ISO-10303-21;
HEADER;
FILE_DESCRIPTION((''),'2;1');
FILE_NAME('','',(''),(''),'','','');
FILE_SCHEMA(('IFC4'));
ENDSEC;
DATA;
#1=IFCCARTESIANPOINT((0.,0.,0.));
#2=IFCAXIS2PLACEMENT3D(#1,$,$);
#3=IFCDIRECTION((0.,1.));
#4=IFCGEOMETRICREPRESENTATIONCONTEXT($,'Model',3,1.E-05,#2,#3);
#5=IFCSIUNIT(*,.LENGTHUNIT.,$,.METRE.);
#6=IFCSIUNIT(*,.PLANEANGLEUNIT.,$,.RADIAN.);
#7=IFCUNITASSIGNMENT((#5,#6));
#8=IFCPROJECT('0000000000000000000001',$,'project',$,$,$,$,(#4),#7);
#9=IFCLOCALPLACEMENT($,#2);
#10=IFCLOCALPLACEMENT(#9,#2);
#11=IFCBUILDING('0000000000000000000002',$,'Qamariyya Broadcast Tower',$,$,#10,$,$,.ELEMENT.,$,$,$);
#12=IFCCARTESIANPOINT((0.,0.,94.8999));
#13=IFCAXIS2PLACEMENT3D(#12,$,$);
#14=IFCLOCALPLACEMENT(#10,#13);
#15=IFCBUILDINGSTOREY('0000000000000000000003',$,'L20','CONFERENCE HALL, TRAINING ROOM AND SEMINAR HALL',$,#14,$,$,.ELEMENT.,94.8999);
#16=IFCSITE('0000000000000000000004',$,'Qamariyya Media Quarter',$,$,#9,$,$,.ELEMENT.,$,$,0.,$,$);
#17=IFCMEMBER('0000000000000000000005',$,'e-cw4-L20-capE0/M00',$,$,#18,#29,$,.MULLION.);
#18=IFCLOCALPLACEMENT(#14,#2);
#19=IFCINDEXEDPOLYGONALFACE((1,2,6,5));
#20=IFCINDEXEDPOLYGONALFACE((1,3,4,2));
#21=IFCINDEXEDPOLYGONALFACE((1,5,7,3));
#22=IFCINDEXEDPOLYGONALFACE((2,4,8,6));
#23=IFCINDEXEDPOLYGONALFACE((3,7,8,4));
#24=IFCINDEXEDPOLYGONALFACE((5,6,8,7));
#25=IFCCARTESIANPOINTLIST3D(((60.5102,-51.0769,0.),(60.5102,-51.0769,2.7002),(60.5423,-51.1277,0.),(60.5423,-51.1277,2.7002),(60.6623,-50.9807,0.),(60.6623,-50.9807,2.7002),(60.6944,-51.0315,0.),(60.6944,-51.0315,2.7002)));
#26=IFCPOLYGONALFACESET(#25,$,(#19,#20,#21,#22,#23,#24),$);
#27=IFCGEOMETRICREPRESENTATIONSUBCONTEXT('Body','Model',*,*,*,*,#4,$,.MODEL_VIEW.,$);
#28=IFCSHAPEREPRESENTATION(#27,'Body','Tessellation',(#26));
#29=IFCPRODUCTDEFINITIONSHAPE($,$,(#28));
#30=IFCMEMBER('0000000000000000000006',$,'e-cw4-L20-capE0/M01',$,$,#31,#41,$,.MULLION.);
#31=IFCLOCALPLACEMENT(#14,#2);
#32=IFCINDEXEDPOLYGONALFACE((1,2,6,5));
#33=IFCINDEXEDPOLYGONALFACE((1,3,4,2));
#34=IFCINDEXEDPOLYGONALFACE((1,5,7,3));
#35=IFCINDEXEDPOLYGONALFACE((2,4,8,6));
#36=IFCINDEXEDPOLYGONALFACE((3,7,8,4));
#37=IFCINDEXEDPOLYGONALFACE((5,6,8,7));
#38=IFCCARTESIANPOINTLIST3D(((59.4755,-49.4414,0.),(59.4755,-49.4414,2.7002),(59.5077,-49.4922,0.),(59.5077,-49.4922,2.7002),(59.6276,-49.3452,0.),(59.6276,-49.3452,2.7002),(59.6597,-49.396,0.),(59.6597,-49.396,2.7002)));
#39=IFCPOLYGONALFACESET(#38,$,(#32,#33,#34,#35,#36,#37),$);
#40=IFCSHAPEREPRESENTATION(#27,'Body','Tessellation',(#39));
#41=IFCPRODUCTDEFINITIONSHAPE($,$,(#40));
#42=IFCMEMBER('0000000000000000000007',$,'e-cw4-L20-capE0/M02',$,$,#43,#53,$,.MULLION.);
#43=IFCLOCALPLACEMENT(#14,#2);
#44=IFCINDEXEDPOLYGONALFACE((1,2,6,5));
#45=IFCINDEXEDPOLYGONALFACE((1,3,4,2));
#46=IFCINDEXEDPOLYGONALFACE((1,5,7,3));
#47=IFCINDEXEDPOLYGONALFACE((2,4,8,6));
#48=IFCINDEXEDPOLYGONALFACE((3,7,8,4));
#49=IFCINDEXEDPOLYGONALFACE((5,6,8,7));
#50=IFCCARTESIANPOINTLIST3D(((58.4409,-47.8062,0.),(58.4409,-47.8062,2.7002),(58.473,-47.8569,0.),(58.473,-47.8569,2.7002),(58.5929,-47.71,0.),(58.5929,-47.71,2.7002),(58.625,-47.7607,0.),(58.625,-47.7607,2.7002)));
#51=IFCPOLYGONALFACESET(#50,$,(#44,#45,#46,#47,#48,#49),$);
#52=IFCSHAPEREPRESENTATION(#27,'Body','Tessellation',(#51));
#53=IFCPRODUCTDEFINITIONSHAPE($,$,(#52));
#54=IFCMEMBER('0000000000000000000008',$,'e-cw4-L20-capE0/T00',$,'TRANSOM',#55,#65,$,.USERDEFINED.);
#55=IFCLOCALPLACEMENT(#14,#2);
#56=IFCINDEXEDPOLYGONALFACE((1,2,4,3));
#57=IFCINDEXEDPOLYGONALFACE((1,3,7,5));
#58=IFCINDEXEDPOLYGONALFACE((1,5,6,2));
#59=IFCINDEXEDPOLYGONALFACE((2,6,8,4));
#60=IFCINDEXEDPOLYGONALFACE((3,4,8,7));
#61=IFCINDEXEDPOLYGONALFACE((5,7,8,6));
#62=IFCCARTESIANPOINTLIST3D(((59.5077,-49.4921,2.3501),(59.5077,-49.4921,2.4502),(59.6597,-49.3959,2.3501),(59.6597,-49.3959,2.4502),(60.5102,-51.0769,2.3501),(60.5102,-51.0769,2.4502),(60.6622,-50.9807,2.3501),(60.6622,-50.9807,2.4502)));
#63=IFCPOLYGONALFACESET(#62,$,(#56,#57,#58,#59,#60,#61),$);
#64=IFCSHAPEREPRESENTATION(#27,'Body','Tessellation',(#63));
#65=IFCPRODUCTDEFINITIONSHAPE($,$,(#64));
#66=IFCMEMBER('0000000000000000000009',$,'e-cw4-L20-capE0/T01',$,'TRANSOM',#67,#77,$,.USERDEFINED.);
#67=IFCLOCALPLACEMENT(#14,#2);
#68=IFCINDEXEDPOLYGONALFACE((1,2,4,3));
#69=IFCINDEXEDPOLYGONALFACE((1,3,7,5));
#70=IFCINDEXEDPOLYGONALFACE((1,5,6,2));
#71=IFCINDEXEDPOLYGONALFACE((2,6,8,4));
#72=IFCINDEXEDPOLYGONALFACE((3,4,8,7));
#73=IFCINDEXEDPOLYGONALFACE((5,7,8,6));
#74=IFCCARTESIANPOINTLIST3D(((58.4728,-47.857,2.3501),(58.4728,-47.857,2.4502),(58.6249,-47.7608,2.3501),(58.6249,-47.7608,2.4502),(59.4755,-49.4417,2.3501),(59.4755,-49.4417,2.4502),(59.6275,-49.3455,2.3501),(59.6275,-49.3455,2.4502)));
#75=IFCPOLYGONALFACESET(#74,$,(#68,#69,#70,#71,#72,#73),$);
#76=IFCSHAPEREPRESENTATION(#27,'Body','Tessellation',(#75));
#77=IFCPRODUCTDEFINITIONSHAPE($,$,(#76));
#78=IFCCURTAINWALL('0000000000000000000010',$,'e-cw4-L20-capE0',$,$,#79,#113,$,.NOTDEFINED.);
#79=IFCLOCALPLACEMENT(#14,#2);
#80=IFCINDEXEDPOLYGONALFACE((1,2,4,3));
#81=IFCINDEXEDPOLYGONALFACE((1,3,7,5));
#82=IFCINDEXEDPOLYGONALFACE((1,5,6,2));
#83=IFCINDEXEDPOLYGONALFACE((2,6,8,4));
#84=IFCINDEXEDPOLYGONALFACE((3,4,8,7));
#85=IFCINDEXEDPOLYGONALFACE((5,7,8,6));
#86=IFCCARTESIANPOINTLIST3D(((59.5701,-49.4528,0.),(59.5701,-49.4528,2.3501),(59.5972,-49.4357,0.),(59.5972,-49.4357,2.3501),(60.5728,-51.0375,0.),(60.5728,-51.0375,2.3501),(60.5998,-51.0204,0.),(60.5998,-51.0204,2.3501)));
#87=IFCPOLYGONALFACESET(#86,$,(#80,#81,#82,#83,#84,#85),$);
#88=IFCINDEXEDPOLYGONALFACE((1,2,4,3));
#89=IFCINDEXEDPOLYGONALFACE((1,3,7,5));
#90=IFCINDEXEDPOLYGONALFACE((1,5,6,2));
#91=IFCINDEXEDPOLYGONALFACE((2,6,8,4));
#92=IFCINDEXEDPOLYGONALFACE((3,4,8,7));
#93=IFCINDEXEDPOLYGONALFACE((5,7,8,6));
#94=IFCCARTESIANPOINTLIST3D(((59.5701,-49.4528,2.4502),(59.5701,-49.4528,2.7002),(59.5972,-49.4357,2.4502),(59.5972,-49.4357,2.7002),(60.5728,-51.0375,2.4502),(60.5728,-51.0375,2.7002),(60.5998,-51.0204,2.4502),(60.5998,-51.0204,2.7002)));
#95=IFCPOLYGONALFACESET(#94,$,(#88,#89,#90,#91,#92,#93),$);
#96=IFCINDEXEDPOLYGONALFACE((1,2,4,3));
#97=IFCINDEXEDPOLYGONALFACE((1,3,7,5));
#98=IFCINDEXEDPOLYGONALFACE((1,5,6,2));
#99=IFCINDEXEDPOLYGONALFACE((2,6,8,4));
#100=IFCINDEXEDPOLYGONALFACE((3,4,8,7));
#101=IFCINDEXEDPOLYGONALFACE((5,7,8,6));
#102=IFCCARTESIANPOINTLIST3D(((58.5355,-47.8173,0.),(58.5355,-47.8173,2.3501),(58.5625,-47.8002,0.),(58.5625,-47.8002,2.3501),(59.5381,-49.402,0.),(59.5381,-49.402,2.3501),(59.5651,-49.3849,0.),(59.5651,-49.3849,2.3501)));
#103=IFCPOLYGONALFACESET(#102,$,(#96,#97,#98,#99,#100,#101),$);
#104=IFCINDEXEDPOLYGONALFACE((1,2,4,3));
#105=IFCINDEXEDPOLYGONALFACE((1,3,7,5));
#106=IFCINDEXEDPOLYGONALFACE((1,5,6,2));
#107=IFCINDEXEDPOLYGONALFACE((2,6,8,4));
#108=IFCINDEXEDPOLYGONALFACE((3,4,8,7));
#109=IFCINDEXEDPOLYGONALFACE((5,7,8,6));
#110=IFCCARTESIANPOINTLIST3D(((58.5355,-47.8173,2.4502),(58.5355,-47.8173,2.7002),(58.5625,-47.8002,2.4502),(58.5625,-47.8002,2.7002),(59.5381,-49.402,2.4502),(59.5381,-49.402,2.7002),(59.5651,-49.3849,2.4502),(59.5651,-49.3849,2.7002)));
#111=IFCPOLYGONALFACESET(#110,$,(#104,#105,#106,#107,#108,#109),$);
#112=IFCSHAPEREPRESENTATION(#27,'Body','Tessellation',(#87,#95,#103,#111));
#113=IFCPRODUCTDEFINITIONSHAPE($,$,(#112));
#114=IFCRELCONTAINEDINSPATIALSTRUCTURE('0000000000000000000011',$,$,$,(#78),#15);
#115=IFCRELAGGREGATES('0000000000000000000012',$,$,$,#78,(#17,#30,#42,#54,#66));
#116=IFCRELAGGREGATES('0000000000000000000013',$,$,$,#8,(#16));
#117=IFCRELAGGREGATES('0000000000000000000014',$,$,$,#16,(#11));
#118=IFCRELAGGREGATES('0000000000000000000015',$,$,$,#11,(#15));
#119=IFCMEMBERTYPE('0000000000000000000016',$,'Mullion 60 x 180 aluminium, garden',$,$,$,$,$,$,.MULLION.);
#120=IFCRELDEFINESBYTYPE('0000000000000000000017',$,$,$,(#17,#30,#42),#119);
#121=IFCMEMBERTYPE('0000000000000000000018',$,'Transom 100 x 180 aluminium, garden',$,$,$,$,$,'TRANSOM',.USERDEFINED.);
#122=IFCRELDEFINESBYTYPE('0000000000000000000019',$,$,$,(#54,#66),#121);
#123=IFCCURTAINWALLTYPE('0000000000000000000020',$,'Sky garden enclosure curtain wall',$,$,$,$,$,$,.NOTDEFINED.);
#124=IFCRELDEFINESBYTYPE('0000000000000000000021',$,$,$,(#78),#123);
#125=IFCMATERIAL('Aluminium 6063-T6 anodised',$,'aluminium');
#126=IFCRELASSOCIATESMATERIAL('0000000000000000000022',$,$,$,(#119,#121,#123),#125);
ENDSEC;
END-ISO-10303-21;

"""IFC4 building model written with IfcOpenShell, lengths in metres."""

from ifc_helpers import new_model, si_unit, direction, frame, origin, origin_2d, place, context, subcontext, project, spatial, rectangle, extrude, material, material_profile, profile_set, type_object, element, aggregate, save


model = new_model("IFC4")

# Units and contexts
model_context = context("Model", 3, precision=1e-05, world=origin(), true_north=direction((0.0, 1.0)))
body_context = subcontext(model_context, "Body", "Model", "MODEL_VIEW")
ifc_project = project(units=[si_unit("LENGTHUNIT", "METRE"), si_unit("PLANEANGLEUNIT", "RADIAN")], contexts=[model_context])

# Members
ifc_material = material(Name="Aluminium 6063-T6 anodised", Category="aluminium")
ifc_material_profile_1 = material_profile(ifc_material, rectangle(XDim=0.1799, YDim=0.0601, at=origin_2d()))
ifc_profile_set_1 = profile_set([ifc_material_profile_1], Name="Aluminium 6063-T6 anodised")
member_type_1 = type_object("IfcMemberType", Name="Mullion 60 x 180 aluminium, garden", PredefinedType="MULLION", material=ifc_profile_set_1)
site_placement = place(None, origin())
building_placement = place(site_placement, origin())
storey_placement = place(building_placement, frame((0.0, 0.0, 94.8999)))
member_1_placement = place(storey_placement, frame((60.6023, -51.0542, 0.0), z_axis=(0.0, 0.0, 1.0), x_axis=(-0.845061, -0.534669, 0.0)))
member_1 = element("IfcMember", 1, at=member_1_placement, type_object=member_type_1, Name="e-cw4-L20-capE0/M00", PredefinedType="MULLION", context=body_context, shape_type="SweptSolid", body=[
    extrude(rectangle(XDim=0.1799, YDim=0.0601, at=origin_2d()), origin(), (0.0, 0.0, 1.0), 2.7002),
])
member_2_placement = place(storey_placement, frame((59.5676, -49.4187, 0.0), z_axis=(0.0, 0.0, 1.0), x_axis=(-0.845061, -0.534669, 0.0)))
member_2 = element("IfcMember", 2, at=member_2_placement, type_object=member_type_1, Name="e-cw4-L20-capE0/M01", PredefinedType="MULLION", context=body_context, shape_type="SweptSolid", body=[
    extrude(rectangle(XDim=0.1799, YDim=0.0601, at=origin_2d()), origin(), (0.0, 0.0, 1.0), 2.7002),
])
member_3_placement = place(storey_placement, frame((58.533, -47.7834, 0.0), z_axis=(0.0, 0.0, 1.0), x_axis=(-0.845061, -0.534669, 0.0)))
member_3 = element("IfcMember", 3, at=member_3_placement, type_object=member_type_1, Name="e-cw4-L20-capE0/M02", PredefinedType="MULLION", context=body_context, shape_type="SweptSolid", body=[
    extrude(rectangle(XDim=0.1799, YDim=0.0601, at=origin_2d()), origin(), (0.0, 0.0, 1.0), 2.7002),
])
ifc_material_profile_2 = material_profile(ifc_material, rectangle(XDim=0.1799, YDim=0.1001, at=origin_2d()))
ifc_profile_set_2 = profile_set([ifc_material_profile_2], Name="Aluminium 6063-T6 anodised")
member_type_2 = type_object("IfcMemberType", Name="Transom 100 x 180 aluminium, garden", ElementType="TRANSOM", PredefinedType="USERDEFINED", material=ifc_profile_set_2)
member_4_placement = place(storey_placement, frame((60.5862, -51.0288, 2.4001), z_axis=(-0.53459, 0.845111, 0.0), x_axis=(-0.845111, -0.53459, 0.0)))
member_4 = element("IfcMember", 4, at=member_4_placement, type_object=member_type_2, Name="e-cw4-L20-capE0/T00", ObjectType="TRANSOM", PredefinedType="USERDEFINED", context=body_context, shape_type="SweptSolid", body=[
    extrude(rectangle(XDim=0.1799, YDim=0.1001, at=origin_2d()), origin(), (0.0, 0.0, 1.0), 1.8752),
])
member_5_placement = place(storey_placement, frame((59.5515, -49.3936, 2.4001), z_axis=(-0.534683, 0.845052, 0.0), x_axis=(-0.845052, -0.534683, 0.0)))
member_5 = element("IfcMember", 5, at=member_5_placement, type_object=member_type_2, Name="e-cw4-L20-capE0/T01", ObjectType="TRANSOM", PredefinedType="USERDEFINED", context=body_context, shape_type="SweptSolid", body=[
    extrude(rectangle(XDim=0.1799, YDim=0.1001, at=origin_2d()), origin(), (0.0, 0.0, 1.0), 1.8752),
])

# Site, building, storey
site = spatial("IfcSite", under=ifc_project, at=site_placement, Name="Qamariyya Media Quarter", CompositionType="ELEMENT", RefElevation=0.0)
building = spatial("IfcBuilding", under=site, at=building_placement, Name="Qamariyya Broadcast Tower", CompositionType="ELEMENT")
storey = spatial("IfcBuildingStorey", under=building, at=storey_placement, Name="L20", Description="CONFERENCE HALL, TRAINING ROOM AND SEMINAR HALL", CompositionType="ELEMENT", Elevation=94.8999)

# Curtain wall
curtain_wall_type_1 = type_object("IfcCurtainWallType", Name="Sky garden enclosure curtain wall", PredefinedType="NOTDEFINED", material=ifc_material)
curtain_wall_1_placement = place(storey_placement, origin())
curtain_wall_1 = element("IfcCurtainWall", 6, at=curtain_wall_1_placement, inside=storey, type_object=curtain_wall_type_1, Name="e-cw4-L20-capE0", PredefinedType="NOTDEFINED", context=body_context, shape_type="SweptSolid", body=[
    extrude(rectangle(XDim=1.8752, YDim=0.032, at=origin_2d()), frame((60.085, -50.2366, 0.0), x_axis=(-0.534675, 0.845058, 0.0)), (0.0, 0.0, 1.0), 2.3501),
    extrude(rectangle(XDim=1.8752, YDim=0.032, at=origin_2d()), frame((60.085, -50.2366, 2.4502), x_axis=(-0.534675, 0.845058, 0.0)), (0.0, 0.0, 1.0), 0.25),
    extrude(rectangle(XDim=1.8752, YDim=0.032, at=origin_2d()), frame((59.0503, -48.6011, 0.0), x_axis=(-0.534675, 0.845058, 0.0)), (0.0, 0.0, 1.0), 2.3501),
    extrude(rectangle(XDim=1.8752, YDim=0.032, at=origin_2d()), frame((59.0503, -48.6011, 2.4502), x_axis=(-0.534675, 0.845058, 0.0)), (0.0, 0.0, 1.0), 0.25),
])
aggregate(curtain_wall_1, [member_1, member_2, member_3, member_4, member_5])

save(model, "model.ifc")
